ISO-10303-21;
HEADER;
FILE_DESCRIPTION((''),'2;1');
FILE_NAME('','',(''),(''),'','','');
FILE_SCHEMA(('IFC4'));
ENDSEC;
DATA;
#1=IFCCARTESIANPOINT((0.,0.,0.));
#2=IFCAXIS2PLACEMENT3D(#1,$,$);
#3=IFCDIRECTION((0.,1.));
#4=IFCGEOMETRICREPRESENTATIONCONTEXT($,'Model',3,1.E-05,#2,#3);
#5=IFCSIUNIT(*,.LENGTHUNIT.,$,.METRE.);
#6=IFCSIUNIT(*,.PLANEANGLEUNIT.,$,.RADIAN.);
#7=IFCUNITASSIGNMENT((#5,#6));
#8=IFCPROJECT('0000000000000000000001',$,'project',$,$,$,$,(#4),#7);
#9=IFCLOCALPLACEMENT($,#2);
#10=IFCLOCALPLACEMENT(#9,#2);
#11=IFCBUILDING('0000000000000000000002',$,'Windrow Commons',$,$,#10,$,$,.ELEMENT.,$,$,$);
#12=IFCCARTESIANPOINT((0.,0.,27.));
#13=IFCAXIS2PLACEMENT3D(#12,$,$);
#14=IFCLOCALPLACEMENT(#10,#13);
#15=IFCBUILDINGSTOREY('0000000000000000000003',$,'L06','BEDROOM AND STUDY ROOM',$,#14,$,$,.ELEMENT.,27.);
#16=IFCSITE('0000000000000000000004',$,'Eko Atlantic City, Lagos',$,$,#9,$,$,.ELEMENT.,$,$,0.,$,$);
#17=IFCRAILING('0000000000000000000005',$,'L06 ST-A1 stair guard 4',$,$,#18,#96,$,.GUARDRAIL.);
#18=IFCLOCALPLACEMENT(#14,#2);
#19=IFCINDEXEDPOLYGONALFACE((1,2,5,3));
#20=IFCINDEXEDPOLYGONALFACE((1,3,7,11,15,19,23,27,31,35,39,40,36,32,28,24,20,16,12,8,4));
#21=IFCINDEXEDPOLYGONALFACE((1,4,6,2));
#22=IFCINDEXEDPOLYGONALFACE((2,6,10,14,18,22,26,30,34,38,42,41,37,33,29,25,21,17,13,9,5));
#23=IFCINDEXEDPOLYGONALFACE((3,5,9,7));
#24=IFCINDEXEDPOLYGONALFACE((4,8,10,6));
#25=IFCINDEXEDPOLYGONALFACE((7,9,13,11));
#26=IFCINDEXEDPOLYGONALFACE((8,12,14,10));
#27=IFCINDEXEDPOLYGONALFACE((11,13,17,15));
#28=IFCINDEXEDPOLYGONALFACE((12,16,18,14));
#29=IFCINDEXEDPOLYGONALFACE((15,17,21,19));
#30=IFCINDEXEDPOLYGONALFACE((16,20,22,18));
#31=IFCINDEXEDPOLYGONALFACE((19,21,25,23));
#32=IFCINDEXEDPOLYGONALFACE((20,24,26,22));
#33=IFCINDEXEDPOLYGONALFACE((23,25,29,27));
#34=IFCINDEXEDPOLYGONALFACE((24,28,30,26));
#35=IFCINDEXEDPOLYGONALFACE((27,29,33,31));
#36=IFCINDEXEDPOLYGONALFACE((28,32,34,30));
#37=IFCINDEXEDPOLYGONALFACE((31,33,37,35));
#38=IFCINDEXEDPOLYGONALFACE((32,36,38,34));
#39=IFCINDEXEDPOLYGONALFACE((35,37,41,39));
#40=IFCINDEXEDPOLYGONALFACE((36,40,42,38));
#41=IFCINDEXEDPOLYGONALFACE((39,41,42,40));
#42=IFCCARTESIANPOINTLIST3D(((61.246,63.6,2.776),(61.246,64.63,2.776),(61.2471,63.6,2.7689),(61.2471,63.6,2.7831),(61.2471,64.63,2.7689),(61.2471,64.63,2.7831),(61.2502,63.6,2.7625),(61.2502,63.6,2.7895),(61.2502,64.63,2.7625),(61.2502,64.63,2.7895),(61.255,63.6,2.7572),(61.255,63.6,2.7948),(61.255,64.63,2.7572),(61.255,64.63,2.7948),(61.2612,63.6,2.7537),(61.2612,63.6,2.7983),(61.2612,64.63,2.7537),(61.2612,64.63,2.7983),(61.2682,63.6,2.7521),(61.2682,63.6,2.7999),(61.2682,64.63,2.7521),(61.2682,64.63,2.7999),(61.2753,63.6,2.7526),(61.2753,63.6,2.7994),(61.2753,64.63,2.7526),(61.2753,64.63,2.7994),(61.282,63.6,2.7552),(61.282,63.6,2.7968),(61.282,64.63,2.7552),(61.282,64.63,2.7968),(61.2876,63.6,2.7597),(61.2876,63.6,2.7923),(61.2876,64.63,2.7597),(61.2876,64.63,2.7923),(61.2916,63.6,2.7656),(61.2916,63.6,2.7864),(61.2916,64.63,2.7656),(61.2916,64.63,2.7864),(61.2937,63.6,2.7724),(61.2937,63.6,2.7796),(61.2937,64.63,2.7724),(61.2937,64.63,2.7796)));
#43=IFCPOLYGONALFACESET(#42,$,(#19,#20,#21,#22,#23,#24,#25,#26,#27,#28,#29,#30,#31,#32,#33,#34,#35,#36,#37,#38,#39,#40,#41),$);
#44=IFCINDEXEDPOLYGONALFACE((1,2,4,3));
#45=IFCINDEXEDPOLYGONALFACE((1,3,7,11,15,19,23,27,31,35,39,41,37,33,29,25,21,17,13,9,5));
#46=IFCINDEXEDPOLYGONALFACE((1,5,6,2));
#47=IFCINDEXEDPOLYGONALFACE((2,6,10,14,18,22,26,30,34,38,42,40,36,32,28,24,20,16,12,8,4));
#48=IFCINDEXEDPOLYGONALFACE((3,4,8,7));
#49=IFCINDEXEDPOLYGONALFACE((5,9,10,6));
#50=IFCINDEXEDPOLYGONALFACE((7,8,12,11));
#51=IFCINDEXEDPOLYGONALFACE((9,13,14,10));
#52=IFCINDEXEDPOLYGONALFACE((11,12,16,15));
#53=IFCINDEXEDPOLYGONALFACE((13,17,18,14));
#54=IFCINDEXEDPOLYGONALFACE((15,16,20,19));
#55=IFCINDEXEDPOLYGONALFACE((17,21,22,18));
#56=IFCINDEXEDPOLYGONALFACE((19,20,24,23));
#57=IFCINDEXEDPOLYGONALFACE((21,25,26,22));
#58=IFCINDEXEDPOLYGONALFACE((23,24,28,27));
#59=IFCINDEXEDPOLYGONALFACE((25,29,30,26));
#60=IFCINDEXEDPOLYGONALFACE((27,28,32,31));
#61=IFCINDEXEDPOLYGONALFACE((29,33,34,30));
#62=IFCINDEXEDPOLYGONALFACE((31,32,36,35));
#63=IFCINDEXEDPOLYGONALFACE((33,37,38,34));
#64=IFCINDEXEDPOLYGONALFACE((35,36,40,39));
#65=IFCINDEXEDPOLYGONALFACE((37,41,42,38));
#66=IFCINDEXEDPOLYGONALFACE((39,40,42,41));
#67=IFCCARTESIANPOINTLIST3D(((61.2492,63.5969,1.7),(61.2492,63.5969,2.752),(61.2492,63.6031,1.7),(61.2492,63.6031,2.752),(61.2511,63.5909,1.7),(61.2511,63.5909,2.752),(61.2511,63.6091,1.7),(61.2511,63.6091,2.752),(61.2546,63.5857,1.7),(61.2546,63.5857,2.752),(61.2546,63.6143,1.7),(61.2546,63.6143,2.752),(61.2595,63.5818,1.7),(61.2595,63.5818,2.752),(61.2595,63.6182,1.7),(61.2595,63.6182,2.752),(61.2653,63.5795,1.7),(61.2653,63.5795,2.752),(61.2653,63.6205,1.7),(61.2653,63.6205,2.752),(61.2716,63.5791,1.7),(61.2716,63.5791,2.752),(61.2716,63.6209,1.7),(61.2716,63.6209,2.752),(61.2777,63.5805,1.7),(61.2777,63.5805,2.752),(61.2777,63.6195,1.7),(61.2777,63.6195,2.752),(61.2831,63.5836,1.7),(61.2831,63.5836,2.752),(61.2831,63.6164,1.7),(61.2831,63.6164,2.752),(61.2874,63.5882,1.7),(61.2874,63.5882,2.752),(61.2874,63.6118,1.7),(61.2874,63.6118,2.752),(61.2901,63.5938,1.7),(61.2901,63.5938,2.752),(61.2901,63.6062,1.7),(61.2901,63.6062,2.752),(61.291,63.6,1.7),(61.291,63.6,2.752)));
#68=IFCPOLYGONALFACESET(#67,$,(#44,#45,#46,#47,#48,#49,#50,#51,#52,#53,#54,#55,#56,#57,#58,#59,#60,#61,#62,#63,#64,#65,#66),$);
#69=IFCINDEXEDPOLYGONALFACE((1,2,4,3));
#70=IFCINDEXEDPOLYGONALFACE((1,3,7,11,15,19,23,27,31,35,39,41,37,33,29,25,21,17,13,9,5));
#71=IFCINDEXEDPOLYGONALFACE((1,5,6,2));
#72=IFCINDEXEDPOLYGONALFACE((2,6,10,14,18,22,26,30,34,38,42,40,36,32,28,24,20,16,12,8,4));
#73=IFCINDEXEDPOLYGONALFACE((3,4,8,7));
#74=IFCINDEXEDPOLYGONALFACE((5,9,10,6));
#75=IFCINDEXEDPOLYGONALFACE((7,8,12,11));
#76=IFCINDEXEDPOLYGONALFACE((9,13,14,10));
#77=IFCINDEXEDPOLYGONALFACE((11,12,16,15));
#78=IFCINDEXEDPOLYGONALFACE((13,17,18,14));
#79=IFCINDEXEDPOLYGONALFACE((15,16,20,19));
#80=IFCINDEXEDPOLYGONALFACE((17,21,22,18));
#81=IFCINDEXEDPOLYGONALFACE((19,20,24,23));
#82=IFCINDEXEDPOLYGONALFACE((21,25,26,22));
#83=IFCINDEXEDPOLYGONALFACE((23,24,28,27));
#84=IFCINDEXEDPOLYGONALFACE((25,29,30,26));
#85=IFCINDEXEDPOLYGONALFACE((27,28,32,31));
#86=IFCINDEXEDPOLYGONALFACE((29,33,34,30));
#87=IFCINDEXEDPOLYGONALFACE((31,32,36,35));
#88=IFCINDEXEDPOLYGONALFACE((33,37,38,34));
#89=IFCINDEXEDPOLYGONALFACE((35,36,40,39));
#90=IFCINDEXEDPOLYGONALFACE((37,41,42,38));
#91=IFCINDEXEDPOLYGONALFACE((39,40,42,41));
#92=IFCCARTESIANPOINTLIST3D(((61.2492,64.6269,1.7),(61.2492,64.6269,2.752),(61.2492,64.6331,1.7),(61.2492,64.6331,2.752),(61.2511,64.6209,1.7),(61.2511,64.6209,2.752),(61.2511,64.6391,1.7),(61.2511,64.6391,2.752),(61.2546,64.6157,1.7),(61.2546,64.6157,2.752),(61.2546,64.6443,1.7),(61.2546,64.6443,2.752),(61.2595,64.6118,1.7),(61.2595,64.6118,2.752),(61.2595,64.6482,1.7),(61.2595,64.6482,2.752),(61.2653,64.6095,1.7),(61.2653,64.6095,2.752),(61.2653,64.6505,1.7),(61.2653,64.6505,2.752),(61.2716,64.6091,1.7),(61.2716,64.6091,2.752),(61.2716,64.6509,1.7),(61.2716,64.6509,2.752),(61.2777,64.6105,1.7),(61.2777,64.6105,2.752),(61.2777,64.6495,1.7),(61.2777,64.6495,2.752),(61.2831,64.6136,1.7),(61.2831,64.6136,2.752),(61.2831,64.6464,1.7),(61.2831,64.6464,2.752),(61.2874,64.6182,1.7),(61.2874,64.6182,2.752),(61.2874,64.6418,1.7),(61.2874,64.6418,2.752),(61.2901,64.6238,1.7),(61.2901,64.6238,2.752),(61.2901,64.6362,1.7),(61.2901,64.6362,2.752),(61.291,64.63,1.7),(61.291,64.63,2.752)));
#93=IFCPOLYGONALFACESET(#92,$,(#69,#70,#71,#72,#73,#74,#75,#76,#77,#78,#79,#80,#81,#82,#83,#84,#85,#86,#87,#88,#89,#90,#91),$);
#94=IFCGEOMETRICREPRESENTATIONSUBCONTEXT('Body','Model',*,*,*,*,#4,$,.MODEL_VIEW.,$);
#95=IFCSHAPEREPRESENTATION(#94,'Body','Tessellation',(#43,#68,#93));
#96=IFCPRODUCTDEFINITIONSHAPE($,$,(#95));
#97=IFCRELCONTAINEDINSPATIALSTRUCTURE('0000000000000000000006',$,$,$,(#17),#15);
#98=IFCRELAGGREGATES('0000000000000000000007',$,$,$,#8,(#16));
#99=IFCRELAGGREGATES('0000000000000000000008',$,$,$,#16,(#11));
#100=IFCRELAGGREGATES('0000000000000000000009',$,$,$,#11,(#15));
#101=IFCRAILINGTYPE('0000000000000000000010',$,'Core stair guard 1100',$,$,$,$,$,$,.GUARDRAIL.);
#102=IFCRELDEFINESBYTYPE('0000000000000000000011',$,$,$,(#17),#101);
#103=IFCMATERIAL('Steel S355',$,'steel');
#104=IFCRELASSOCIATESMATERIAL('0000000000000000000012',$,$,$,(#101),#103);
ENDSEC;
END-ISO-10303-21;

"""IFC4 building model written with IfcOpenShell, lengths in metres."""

from ifc_helpers import new_model, si_unit, direction, frame, origin, origin_2d, place, context, subcontext, project, spatial, circle, extrude, material, type_object, element, save


model = new_model("IFC4")

# Units and contexts
model_context = context("Model", 3, precision=1e-05, world=origin(), true_north=direction((0.0, 1.0)))
body_context = subcontext(model_context, "Body", "Model", "MODEL_VIEW")
ifc_project = project(units=[si_unit("LENGTHUNIT", "METRE"), si_unit("PLANEANGLEUNIT", "RADIAN")], contexts=[model_context])

# Site, building, storey
site_placement = place(None, origin())
site = spatial("IfcSite", under=ifc_project, at=site_placement, Name="Eko Atlantic City, Lagos", CompositionType="ELEMENT", RefElevation=0.0)
building_placement = place(site_placement, origin())
building = spatial("IfcBuilding", under=site, at=building_placement, Name="Windrow Commons", CompositionType="ELEMENT")
storey_placement = place(building_placement, frame((0.0, 0.0, 27.0)))
storey = spatial("IfcBuildingStorey", under=building, at=storey_placement, Name="L06", Description="BEDROOM AND STUDY ROOM", CompositionType="ELEMENT", Elevation=27.0)

# Railing
ifc_material_1 = material(Name="Steel S355", Category="steel")
railing_type_1 = type_object("IfcRailingType", Name="Core stair guard 1100", PredefinedType="GUARDRAIL", material=ifc_material_1)
railing_1_placement = place(storey_placement, frame((61.27, 63.6, 1.7)))
element("IfcRailing", 1, at=railing_1_placement, inside=storey, type_object=railing_type_1, Name="L06 ST-A1 stair guard 4", PredefinedType="GUARDRAIL", context=body_context, shape_type="SweptSolid", body=[
    extrude(circle(Radius=0.024, at=origin_2d()), frame((0.0, 0.0, 1.076), z_axis=(0.0, 1.0, 0.0), x_axis=(-1.0, 0.0, 0.0)), (0.0, 0.0, 1.0), 1.03),
    extrude(circle(Radius=0.021, at=origin_2d()), origin(), (0.0, 0.0, 1.0), 1.052),
    extrude(circle(Radius=0.021, at=origin_2d()), frame((0.0, 1.03, 0.0)), (0.0, 0.0, 1.0), 1.052),
])

save(model, "model.ifc")
